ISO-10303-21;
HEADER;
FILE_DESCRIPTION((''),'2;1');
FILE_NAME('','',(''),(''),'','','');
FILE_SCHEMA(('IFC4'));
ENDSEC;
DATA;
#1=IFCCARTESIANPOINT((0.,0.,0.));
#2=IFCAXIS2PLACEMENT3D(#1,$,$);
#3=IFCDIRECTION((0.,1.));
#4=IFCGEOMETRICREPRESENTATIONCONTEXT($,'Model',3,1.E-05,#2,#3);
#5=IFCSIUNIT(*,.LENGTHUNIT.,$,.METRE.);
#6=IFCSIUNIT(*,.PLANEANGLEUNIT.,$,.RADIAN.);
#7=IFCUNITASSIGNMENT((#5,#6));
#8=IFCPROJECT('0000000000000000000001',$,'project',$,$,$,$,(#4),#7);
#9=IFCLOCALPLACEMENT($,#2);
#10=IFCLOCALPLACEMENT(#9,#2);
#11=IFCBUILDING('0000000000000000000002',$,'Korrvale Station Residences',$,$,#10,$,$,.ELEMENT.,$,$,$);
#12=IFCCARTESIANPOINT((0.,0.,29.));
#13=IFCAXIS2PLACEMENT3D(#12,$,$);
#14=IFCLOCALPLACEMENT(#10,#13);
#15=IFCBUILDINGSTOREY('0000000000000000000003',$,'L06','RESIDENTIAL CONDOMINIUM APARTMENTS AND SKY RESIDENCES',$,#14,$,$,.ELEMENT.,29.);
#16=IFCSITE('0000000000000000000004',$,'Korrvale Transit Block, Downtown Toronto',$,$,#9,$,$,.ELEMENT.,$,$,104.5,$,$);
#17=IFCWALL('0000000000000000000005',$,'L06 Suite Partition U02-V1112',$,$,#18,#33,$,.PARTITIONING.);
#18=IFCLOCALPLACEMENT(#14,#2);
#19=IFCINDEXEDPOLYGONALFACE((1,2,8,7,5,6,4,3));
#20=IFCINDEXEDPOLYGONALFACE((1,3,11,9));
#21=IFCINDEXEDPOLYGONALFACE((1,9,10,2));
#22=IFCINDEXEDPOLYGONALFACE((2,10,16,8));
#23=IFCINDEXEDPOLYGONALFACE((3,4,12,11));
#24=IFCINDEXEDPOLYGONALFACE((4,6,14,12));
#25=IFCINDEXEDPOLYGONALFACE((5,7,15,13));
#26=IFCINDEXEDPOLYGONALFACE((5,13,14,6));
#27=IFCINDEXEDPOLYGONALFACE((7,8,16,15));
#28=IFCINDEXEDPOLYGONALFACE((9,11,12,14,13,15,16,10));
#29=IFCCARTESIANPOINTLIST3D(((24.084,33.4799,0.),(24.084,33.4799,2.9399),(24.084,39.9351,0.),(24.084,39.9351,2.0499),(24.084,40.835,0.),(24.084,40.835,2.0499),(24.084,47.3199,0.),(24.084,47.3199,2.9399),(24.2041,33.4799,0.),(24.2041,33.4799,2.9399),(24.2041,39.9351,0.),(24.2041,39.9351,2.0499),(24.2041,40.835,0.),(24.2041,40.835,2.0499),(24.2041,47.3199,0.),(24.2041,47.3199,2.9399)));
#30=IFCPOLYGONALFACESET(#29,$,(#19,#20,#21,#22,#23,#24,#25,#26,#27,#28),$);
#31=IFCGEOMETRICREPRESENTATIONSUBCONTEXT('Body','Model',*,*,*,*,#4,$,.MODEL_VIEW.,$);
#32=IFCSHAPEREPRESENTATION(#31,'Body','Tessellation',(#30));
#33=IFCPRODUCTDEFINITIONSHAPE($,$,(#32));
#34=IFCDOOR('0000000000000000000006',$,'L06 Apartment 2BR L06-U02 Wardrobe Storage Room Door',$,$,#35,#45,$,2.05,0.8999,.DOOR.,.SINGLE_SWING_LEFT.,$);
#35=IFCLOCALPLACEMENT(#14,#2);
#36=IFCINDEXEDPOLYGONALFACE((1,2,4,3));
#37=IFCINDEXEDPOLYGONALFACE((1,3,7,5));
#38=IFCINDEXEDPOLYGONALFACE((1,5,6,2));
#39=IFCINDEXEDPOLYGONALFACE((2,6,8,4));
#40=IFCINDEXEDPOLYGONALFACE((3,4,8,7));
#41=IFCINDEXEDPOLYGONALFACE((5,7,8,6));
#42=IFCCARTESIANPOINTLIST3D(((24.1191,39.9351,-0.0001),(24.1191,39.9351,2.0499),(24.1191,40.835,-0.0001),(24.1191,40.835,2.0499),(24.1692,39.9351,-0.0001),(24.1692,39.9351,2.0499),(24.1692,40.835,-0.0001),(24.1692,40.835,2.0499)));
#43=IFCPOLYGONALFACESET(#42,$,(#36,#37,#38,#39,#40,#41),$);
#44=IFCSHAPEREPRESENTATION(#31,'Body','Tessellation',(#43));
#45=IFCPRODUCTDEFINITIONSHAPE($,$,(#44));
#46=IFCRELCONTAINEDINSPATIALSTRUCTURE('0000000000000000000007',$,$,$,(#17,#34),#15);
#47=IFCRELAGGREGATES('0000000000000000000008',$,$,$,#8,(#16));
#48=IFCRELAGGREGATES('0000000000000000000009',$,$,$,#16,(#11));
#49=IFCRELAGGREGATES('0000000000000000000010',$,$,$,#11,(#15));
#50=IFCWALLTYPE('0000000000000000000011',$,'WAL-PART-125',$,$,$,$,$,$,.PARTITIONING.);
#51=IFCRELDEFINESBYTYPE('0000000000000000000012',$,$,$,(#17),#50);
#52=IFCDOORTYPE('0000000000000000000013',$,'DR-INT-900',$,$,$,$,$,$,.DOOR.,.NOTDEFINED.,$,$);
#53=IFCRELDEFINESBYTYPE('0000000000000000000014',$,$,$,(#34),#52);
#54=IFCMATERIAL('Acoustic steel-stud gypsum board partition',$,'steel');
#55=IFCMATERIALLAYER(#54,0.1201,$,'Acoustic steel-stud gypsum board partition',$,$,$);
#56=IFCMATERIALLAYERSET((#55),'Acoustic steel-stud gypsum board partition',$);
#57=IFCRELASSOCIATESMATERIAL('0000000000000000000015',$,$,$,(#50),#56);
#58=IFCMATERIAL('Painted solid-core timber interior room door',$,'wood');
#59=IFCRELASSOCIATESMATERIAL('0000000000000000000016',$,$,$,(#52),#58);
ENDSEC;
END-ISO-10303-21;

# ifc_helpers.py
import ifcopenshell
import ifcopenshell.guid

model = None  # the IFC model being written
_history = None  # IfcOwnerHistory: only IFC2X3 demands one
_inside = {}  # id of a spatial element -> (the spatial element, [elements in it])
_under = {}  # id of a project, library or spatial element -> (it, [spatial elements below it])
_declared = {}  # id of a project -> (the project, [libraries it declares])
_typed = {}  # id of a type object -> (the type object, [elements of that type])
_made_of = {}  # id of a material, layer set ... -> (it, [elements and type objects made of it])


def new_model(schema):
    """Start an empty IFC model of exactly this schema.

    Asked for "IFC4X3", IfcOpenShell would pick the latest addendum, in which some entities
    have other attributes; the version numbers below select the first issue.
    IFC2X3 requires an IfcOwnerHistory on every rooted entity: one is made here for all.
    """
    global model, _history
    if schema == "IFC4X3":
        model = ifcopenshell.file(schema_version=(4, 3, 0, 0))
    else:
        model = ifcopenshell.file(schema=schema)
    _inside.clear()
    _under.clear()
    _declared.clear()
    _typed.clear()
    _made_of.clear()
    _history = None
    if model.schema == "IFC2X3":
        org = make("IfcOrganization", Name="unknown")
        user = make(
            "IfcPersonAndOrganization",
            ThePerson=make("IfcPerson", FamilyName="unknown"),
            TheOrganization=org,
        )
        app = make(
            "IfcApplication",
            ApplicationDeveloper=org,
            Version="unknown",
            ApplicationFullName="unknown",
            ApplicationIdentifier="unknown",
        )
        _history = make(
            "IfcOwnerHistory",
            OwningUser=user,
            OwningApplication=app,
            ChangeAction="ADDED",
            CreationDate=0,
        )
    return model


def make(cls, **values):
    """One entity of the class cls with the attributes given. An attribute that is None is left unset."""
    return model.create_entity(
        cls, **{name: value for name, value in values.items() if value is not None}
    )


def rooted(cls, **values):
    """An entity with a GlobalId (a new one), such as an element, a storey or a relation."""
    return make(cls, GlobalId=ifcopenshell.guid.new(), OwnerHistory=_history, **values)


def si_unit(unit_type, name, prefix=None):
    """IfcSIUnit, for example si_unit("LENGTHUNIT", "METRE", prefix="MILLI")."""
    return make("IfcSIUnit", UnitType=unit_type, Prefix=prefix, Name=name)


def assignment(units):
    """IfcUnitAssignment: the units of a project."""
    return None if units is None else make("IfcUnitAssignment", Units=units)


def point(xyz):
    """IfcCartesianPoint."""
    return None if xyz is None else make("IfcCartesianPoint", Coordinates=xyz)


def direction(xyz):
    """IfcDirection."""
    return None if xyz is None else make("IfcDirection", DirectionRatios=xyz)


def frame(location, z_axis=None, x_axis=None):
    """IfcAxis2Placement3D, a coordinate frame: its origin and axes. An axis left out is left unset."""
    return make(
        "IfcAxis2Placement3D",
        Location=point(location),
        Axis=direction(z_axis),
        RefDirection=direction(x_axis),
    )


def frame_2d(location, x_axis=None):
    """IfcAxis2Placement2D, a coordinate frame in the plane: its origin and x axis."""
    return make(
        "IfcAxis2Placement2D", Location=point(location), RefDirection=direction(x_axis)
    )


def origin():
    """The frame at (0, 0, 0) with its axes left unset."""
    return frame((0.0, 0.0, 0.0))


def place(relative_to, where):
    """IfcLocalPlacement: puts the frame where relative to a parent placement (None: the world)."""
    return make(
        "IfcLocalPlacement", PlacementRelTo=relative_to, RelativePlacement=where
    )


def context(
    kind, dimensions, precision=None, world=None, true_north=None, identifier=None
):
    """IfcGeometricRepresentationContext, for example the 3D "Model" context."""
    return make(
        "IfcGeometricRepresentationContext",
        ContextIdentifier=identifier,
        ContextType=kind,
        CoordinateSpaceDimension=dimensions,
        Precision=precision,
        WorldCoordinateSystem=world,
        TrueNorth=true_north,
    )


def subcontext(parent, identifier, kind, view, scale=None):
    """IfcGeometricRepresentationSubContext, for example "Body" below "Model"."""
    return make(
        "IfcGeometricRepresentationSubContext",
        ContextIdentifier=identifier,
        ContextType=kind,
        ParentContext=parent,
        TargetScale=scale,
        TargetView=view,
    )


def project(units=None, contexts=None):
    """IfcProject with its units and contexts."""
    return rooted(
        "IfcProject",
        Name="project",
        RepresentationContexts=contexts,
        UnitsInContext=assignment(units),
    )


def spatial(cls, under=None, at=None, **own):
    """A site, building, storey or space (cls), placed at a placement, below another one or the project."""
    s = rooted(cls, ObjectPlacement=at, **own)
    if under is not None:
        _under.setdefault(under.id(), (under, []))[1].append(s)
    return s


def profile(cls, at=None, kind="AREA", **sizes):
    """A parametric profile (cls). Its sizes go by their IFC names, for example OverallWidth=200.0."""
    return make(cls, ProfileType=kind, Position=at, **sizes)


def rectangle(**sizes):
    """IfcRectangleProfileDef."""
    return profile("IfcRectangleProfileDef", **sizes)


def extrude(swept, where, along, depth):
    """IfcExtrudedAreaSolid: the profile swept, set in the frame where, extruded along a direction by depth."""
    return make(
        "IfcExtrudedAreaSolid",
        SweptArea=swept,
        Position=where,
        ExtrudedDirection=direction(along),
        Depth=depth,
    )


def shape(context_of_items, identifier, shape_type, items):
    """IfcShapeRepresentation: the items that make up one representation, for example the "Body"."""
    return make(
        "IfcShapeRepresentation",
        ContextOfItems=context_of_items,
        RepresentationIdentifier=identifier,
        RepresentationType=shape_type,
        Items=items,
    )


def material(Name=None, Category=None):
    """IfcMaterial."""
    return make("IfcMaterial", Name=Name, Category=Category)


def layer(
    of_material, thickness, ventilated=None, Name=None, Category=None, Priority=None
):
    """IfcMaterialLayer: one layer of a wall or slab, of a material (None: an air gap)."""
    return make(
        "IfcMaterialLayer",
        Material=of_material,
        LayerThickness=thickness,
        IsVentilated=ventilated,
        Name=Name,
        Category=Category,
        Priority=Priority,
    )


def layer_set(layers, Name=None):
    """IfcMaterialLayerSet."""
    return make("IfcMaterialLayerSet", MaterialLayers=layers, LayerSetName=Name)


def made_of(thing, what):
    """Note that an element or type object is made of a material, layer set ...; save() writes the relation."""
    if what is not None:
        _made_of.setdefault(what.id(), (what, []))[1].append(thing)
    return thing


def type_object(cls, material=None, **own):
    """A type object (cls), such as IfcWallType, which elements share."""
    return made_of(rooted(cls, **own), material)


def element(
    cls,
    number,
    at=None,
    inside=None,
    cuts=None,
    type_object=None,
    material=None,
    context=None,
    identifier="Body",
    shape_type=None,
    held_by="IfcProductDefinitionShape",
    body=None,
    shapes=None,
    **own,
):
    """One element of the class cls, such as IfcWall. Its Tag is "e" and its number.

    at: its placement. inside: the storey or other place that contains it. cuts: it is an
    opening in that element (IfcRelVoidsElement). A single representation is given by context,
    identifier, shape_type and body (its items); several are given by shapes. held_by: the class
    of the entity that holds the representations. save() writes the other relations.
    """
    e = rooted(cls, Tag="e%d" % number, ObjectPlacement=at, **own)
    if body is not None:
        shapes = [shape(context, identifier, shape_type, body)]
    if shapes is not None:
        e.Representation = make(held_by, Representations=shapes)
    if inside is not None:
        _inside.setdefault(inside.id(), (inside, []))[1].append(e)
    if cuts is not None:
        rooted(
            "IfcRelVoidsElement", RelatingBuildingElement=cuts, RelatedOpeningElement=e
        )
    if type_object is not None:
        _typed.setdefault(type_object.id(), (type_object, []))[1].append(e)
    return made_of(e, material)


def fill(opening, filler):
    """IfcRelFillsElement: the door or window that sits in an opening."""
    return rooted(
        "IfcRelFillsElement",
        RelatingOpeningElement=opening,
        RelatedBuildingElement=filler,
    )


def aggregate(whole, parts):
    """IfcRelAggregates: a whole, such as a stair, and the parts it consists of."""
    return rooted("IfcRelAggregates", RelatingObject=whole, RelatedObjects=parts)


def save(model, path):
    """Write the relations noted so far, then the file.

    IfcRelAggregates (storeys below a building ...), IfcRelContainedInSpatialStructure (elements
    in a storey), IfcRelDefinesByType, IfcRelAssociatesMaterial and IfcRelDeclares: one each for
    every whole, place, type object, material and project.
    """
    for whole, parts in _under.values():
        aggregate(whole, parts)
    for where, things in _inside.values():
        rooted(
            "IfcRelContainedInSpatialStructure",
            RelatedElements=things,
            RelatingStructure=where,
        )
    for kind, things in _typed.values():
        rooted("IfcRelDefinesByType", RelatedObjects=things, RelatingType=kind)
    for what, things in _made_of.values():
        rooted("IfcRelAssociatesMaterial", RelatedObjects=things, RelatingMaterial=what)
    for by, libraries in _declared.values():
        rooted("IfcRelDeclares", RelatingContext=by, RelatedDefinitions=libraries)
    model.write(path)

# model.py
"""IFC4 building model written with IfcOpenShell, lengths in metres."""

from ifc_helpers import new_model, si_unit, direction, frame, frame_2d, origin, place, context, subcontext, project, spatial, rectangle, extrude, material, layer, layer_set, type_object, element, fill, save


model = new_model("IFC4")

# Units and contexts
model_context = context("Model", 3, precision=1e-05, world=origin(), true_north=direction((0.0, 1.0)))
body_context = subcontext(model_context, "Body", "Model", "MODEL_VIEW")
ifc_project = project(units=[si_unit("LENGTHUNIT", "METRE"), si_unit("PLANEANGLEUNIT", "RADIAN")], contexts=[model_context])

# Site, building, storey
site_placement = place(None, origin())
site = spatial("IfcSite", under=ifc_project, at=site_placement, Name="Korrvale Transit Block, Downtown Toronto", CompositionType="ELEMENT", RefElevation=104.5)
building_placement = place(site_placement, origin())
building = spatial("IfcBuilding", under=site, at=building_placement, Name="Korrvale Station Residences", CompositionType="ELEMENT")
storey_placement = place(building_placement, frame((0.0, 0.0, 29.0)))
storey = spatial("IfcBuildingStorey", under=building, at=storey_placement, Name="L06", Description="RESIDENTIAL CONDOMINIUM APARTMENTS AND SKY RESIDENCES", CompositionType="ELEMENT", Elevation=29.0)

# Shared definitions
ifc_material_1 = material(Name="Acoustic steel-stud gypsum board partition", Category="steel")
ifc_layer = layer(ifc_material_1, 0.1201, Name="Acoustic steel-stud gypsum board partition")
ifc_layer_set = layer_set([ifc_layer], Name="Acoustic steel-stud gypsum board partition")
wall_type = type_object("IfcWallType", Name="WAL-PART-125", PredefinedType="PARTITIONING", material=ifc_layer_set)
ifc_material_2 = material(Name="Painted solid-core timber interior room door", Category="wood")
door_type = type_object("IfcDoorType", Name="DR-INT-900", OperationType="NOTDEFINED", PredefinedType="DOOR", material=ifc_material_2)

# Wall, opening, door
wall_1_placement = place(storey_placement, frame((24.144, 33.48, 0.0), z_axis=(0.0, 0.0, 1.0), x_axis=(0.0, 1.0, 0.0)))
wall_1 = element("IfcWall", 1, at=wall_1_placement, inside=storey, type_object=wall_type, Name="L06 Suite Partition U02-V1112", PredefinedType="PARTITIONING", context=body_context, shape_type="SweptSolid", body=[
    extrude(rectangle(XDim=13.8401, YDim=0.1201, at=frame_2d((6.9199, 0.0))), origin(), (0.0, 0.0, 1.0), 2.9399),
])
opening_1_placement = place(wall_1_placement, frame((6.4551, 0.0, 0.0)))
opening_1 = element("IfcOpeningElement", 2, at=opening_1_placement, cuts=wall_1, PredefinedType="OPENING", context=body_context, shape_type="SweptSolid", body=[
    extrude(rectangle(XDim=0.8999, YDim=2.05, at=frame_2d((0.45, 1.0249))), frame((0.0, 0.0701, 0.0), z_axis=(0.0, -1.0, 0.0), x_axis=(1.0, 0.0, 0.0)), (0.0, 0.0, 1.0), 0.1401),
])
door_1_placement = place(opening_1_placement, origin())
door_1 = element("IfcDoor", 3, at=door_1_placement, inside=storey, type_object=door_type, Name="L06 Apartment 2BR L06-U02 Wardrobe Storage Room Door", OperationType="SINGLE_SWING_LEFT", OverallHeight=2.05, OverallWidth=0.8999, PredefinedType="DOOR", context=body_context, shape_type="SweptSolid", body=[
    extrude(rectangle(XDim=0.8999, YDim=2.05, at=frame_2d((0.45, 1.0249))), frame((0.0, 0.0249, 0.0), z_axis=(0.0, -1.0, 0.0), x_axis=(1.0, 0.0, 0.0)), (0.0, 0.0, 1.0), 0.05),
])
fill(opening_1, door_1)

save(model, "model.ifc")
